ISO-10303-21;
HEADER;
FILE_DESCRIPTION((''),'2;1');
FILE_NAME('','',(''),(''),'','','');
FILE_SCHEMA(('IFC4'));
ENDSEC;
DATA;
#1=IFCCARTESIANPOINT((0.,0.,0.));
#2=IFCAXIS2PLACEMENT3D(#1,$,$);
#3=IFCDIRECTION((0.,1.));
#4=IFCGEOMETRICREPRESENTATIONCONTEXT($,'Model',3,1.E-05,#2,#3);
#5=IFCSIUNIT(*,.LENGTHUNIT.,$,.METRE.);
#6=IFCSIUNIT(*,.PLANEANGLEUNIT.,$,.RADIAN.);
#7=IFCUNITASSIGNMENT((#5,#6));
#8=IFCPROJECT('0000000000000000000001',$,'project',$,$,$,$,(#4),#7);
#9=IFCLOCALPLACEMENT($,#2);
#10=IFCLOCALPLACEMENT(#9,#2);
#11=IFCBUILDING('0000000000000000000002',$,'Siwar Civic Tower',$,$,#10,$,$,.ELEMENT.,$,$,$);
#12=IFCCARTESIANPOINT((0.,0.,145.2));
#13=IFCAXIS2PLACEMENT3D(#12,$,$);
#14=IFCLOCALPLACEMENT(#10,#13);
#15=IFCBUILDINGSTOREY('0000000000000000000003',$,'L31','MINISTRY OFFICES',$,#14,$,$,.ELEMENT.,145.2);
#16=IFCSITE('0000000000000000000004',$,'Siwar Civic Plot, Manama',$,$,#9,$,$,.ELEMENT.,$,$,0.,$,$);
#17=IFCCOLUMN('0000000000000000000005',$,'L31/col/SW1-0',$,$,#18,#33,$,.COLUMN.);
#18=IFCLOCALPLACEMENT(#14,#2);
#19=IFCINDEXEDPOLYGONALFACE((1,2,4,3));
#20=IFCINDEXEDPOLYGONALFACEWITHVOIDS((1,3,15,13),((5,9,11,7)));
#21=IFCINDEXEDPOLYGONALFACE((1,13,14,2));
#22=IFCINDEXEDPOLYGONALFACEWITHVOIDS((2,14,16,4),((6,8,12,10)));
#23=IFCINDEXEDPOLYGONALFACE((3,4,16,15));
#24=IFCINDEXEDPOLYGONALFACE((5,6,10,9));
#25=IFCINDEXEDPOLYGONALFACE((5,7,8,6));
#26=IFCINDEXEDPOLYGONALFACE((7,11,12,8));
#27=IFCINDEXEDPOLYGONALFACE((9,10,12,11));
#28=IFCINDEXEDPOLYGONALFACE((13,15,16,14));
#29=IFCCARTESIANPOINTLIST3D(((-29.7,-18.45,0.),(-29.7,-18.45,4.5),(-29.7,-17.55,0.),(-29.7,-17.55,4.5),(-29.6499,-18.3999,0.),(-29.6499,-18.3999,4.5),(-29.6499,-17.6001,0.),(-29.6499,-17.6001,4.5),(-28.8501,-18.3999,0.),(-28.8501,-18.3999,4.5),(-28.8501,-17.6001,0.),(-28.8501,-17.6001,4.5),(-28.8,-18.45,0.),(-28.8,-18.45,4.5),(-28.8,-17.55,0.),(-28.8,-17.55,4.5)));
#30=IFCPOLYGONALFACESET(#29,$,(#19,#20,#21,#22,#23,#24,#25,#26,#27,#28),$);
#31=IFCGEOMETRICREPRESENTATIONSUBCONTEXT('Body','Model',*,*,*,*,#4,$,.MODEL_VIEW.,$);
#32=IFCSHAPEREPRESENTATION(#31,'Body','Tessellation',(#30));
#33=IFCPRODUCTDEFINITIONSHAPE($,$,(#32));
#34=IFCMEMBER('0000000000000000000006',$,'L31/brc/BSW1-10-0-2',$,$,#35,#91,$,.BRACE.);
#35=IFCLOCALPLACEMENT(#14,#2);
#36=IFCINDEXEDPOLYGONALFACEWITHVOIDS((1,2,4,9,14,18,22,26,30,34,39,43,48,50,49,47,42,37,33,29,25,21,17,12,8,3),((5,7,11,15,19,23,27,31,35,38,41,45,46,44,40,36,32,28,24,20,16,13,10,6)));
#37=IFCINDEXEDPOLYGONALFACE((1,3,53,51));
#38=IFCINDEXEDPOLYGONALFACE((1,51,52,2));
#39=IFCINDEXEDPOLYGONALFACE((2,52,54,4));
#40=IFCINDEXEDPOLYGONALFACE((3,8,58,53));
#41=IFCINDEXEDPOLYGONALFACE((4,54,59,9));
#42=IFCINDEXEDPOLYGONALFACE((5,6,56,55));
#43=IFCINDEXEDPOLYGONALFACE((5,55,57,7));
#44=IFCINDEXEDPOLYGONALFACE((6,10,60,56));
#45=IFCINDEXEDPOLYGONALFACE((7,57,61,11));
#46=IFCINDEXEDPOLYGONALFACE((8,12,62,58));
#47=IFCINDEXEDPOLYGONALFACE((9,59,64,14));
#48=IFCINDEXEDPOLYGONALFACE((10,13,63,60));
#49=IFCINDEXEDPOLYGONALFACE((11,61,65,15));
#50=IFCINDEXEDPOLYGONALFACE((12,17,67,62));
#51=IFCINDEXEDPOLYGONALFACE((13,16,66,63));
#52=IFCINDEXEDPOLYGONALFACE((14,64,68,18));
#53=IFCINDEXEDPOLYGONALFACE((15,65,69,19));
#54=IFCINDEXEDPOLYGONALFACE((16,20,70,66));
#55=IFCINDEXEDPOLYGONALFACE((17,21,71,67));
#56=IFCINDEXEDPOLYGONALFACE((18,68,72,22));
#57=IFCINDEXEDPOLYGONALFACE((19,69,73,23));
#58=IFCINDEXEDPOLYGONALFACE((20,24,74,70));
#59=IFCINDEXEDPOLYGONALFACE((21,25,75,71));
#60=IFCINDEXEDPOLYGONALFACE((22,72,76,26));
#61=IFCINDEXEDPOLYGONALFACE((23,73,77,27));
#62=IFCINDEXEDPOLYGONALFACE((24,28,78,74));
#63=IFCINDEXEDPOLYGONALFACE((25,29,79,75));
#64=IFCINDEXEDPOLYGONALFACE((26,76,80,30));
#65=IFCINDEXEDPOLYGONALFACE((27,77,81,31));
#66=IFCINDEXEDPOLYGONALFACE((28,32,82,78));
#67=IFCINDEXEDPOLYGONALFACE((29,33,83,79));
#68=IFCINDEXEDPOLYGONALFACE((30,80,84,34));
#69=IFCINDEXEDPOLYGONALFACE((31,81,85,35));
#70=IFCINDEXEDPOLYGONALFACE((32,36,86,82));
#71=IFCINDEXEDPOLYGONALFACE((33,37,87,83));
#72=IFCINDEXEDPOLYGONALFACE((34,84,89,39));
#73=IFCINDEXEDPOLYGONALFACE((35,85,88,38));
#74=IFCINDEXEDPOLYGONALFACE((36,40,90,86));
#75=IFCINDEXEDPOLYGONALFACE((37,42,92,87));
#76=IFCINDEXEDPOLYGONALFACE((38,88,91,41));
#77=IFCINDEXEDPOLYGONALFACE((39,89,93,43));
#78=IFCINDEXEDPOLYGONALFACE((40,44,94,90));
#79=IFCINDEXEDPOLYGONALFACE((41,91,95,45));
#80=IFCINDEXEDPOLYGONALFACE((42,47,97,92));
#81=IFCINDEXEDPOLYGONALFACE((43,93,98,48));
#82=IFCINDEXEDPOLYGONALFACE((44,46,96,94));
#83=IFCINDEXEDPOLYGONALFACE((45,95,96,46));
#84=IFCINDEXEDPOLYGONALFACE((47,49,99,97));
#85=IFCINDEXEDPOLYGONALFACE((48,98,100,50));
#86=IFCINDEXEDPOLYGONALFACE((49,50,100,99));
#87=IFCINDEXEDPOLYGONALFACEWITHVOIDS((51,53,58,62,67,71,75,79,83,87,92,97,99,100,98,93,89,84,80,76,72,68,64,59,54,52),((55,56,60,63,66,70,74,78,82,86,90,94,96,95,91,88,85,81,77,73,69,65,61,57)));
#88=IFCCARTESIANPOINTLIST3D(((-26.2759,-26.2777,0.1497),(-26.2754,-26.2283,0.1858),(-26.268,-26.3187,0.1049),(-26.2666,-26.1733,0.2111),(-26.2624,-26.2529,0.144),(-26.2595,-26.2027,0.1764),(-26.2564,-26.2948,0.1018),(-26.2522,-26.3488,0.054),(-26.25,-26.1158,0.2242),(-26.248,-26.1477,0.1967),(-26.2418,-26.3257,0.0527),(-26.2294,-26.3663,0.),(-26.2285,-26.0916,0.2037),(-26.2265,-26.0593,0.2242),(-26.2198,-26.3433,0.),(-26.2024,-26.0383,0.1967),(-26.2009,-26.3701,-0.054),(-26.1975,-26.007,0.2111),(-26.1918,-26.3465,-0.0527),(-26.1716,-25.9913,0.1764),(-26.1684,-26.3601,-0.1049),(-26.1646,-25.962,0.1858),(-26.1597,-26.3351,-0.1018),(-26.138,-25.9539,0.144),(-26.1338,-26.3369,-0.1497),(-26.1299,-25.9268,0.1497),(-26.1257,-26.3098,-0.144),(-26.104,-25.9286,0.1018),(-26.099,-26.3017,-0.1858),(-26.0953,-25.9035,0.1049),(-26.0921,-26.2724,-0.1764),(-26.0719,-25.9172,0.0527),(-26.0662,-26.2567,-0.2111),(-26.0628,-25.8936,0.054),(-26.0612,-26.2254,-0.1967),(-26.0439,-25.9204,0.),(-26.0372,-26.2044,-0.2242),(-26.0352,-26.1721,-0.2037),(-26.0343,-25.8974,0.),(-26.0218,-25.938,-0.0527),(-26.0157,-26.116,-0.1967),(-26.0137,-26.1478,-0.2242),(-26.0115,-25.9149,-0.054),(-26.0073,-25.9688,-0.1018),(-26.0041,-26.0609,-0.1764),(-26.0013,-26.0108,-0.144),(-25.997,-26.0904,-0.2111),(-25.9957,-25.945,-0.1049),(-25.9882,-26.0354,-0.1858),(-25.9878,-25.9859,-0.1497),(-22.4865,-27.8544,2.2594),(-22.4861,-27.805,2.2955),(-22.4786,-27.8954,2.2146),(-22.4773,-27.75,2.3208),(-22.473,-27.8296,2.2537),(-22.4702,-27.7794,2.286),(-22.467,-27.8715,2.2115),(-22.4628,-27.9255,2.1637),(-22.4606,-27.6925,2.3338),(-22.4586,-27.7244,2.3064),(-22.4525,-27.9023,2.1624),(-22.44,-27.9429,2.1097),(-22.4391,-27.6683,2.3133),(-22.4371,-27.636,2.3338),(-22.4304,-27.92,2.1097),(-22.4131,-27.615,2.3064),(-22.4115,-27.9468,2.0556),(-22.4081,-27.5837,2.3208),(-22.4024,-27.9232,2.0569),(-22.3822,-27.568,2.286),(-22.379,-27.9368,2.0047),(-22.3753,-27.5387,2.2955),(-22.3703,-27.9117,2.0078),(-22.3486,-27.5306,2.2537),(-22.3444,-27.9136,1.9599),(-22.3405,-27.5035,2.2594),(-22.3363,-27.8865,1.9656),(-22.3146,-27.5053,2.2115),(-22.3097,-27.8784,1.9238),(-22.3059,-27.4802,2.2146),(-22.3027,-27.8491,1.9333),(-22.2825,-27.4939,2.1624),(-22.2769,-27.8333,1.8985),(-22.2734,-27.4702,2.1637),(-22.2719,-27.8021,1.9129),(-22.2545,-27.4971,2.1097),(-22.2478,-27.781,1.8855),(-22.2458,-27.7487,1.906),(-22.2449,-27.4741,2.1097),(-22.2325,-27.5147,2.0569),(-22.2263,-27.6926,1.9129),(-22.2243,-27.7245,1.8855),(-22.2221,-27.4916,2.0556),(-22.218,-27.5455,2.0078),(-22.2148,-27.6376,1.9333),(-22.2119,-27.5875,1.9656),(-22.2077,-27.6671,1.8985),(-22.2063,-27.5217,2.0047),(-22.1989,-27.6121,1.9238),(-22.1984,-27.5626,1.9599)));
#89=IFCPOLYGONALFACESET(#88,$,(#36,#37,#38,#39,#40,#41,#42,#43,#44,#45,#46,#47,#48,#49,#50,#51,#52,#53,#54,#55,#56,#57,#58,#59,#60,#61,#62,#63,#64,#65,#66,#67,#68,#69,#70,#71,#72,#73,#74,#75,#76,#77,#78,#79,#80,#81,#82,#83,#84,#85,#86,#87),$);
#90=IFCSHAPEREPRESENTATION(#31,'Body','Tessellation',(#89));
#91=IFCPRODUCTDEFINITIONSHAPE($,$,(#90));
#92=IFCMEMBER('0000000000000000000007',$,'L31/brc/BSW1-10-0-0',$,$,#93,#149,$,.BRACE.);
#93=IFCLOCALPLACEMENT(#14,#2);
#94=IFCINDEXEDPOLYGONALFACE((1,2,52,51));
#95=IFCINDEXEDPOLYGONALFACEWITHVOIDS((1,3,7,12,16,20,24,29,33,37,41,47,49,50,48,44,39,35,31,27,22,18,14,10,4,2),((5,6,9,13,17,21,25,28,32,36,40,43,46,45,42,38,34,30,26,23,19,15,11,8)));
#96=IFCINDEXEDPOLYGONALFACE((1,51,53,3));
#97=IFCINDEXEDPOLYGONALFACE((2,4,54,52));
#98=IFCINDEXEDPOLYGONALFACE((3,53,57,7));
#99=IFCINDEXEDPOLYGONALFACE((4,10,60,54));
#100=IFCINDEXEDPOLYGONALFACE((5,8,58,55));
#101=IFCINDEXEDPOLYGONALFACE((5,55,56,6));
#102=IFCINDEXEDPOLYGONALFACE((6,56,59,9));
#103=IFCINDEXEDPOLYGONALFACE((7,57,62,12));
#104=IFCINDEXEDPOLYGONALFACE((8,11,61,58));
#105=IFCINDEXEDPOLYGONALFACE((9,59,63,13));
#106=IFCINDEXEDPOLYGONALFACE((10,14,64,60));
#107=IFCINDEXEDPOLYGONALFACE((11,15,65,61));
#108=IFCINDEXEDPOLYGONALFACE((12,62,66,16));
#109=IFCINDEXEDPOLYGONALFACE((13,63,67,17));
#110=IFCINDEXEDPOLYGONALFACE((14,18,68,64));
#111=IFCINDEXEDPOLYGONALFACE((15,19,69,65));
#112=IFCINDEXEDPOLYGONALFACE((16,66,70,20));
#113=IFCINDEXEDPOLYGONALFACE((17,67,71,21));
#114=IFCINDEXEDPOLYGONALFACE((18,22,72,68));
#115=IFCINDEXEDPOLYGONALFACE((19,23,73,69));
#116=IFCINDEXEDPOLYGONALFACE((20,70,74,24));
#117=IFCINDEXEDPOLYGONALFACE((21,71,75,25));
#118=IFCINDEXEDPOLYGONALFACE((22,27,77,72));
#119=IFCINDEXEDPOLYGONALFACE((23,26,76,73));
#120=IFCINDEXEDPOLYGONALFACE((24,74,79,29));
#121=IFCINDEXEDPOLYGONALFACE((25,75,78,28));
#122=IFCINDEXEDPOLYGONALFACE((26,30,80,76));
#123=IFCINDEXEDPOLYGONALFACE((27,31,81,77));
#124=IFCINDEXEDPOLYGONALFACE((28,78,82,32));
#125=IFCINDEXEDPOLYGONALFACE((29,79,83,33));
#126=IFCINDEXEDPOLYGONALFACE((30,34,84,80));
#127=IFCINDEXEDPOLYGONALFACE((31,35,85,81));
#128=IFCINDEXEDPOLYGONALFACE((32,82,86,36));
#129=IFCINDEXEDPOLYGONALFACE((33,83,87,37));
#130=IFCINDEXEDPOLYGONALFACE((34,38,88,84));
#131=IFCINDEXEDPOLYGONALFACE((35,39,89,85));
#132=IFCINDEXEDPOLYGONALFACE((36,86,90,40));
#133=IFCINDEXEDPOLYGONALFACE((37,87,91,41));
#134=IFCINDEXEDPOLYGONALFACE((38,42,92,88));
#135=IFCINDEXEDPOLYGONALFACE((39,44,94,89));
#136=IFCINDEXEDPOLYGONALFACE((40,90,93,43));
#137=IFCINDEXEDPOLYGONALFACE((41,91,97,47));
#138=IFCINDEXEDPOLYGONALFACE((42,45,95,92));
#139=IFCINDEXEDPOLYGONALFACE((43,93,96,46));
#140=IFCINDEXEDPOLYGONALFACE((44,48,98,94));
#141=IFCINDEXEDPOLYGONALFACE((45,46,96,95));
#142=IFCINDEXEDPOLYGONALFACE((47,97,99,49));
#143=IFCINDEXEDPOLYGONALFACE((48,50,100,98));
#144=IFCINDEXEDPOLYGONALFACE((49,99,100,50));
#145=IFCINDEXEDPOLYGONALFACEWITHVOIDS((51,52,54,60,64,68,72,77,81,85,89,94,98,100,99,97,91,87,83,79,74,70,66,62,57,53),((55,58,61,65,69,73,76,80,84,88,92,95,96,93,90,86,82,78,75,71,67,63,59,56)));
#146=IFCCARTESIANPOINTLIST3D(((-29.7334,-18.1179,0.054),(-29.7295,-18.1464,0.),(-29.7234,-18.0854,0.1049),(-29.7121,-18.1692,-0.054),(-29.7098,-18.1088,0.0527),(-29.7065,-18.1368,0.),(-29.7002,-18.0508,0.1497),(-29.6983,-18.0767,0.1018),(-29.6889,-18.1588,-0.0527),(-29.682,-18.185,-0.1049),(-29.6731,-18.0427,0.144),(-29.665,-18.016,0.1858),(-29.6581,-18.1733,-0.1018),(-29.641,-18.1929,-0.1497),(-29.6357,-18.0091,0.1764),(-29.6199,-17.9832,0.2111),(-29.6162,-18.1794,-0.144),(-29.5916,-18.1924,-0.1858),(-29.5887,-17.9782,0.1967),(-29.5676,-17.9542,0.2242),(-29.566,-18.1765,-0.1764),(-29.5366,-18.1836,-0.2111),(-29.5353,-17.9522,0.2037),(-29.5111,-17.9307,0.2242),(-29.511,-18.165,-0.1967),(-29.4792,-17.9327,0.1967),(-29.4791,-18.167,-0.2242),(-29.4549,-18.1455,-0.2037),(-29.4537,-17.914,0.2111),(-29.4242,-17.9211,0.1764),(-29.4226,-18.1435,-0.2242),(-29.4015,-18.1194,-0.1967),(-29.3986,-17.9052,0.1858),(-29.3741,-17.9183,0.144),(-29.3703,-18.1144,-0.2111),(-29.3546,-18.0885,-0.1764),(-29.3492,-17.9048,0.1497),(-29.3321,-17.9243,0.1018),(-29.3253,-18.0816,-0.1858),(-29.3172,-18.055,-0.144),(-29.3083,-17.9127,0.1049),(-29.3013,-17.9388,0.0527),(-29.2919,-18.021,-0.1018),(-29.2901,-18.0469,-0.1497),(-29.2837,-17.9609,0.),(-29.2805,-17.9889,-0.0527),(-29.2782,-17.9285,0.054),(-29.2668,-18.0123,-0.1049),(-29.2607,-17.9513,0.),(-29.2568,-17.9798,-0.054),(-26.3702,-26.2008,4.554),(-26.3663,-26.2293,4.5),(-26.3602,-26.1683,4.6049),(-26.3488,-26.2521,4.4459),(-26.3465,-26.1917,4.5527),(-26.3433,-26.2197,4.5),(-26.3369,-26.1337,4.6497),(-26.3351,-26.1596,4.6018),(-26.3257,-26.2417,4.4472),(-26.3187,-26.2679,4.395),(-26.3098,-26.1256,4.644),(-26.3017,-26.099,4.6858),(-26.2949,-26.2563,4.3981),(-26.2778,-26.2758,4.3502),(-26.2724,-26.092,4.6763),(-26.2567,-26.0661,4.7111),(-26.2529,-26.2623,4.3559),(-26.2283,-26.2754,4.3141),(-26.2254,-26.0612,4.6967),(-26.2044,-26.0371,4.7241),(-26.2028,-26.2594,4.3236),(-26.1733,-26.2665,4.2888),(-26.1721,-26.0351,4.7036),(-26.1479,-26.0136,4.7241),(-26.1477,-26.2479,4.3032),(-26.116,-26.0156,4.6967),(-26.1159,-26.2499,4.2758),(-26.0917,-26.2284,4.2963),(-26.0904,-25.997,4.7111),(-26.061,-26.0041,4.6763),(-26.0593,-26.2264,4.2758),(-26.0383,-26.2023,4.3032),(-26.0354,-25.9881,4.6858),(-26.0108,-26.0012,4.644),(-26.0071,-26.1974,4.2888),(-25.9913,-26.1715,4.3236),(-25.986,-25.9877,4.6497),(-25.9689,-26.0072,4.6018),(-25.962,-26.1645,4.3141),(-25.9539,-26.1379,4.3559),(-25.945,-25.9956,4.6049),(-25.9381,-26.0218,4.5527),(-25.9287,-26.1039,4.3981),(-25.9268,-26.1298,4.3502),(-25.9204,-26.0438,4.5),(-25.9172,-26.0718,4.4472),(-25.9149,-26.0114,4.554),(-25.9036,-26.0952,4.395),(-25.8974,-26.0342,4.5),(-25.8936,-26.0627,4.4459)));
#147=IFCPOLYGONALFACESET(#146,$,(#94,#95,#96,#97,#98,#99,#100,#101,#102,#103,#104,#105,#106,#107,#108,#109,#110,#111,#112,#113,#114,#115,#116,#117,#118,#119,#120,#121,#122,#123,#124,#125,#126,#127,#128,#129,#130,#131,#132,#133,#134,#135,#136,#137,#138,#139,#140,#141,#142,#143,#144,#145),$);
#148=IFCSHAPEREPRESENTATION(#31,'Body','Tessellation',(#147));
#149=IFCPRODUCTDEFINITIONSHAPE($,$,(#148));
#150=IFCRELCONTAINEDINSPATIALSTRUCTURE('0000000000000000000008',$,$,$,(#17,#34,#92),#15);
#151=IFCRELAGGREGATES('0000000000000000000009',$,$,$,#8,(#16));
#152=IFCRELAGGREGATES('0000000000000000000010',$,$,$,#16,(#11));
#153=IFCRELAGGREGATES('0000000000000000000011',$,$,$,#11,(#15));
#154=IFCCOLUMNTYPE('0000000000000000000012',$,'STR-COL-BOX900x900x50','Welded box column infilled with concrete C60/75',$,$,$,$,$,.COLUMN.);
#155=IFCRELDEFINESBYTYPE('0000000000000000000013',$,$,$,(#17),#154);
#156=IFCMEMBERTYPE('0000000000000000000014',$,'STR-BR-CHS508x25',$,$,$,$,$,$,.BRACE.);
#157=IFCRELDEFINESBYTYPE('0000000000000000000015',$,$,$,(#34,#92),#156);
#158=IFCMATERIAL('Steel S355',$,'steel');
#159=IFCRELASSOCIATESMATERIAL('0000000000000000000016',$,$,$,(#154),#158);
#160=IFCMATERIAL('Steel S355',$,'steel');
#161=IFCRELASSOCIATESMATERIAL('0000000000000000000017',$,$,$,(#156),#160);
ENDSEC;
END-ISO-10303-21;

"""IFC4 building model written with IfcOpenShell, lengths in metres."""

from ifc_helpers import new_model, si_unit, direction, frame, origin, origin_2d, place, context, subcontext, project, spatial, hollow_rectangle, hollow_circle, extrude, material, material_profile, profile_set, type_object, element, save


model = new_model("IFC4")

# Units and contexts
model_context = context("Model", 3, precision=1e-05, world=origin(), true_north=direction((0.0, 1.0)))
body_context = subcontext(model_context, "Body", "Model", "MODEL_VIEW")
ifc_project = project(units=[si_unit("LENGTHUNIT", "METRE"), si_unit("PLANEANGLEUNIT", "RADIAN")], contexts=[model_context])

# Site, building, storey
site_placement = place(None, origin())
site = spatial("IfcSite", under=ifc_project, at=site_placement, Name="Siwar Civic Plot, Manama", CompositionType="ELEMENT", RefElevation=0.0)
building_placement = place(site_placement, origin())
building = spatial("IfcBuilding", under=site, at=building_placement, Name="Siwar Civic Tower", CompositionType="ELEMENT")
storey_placement = place(building_placement, frame((0.0, 0.0, 145.2)))
storey = spatial("IfcBuildingStorey", under=building, at=storey_placement, Name="L31", Description="MINISTRY OFFICES", CompositionType="ELEMENT", Elevation=145.2)

# Column
ifc_material_1 = material(Name="Steel S355", Category="steel")
ifc_material_profile_1 = material_profile(ifc_material_1, hollow_rectangle(XDim=0.8999, YDim=0.8999, WallThickness=0.05, at=origin_2d()), Name="BOX900x900x50")
ifc_profile_set_1 = profile_set([ifc_material_profile_1], Name="Steel S355")
column_type = type_object("IfcColumnType", Name="STR-COL-BOX900x900x50", Description="Welded box column infilled with concrete C60/75", PredefinedType="COLUMN", material=ifc_profile_set_1)
column_placement = place(storey_placement, frame((-29.25, -18.0, 0.0), z_axis=(0.0, 0.0, 1.0), x_axis=(1.0, 0.0, 0.0)))
element("IfcColumn", 1, at=column_placement, inside=storey, type_object=column_type, Name="L31/col/SW1-0", PredefinedType="COLUMN", context=body_context, shape_type="SweptSolid", body=[
    extrude(hollow_rectangle(XDim=0.8999, YDim=0.8999, WallThickness=0.05, at=origin_2d()), origin(), (0.0, 0.0, 1.0), 4.5),
])

# Members
ifc_material_2 = material(Name="Steel S355", Category="steel")
ifc_material_profile_2 = material_profile(ifc_material_2, hollow_circle(Radius=0.2539, WallThickness=0.0249, at=origin_2d()), Name="CHS508x25")
ifc_profile_set_2 = profile_set([ifc_material_profile_2], Name="Steel S355")
member_type = type_object("IfcMemberType", Name="STR-BR-CHS508x25", PredefinedType="BRACE", material=ifc_profile_set_2)
member_1_placement = place(storey_placement, frame((-26.1318, -26.1318, 0.0), z_axis=(0.821143, -0.341662, 0.457155), x_axis=(0.384155, 0.923269, 0.0)))
element("IfcMember", 2, at=member_1_placement, inside=storey, type_object=member_type, Name="L31/brc/BSW1-10-0-2", PredefinedType="BRACE", context=body_context, shape_type="SweptSolid", body=[
    extrude(hollow_circle(Radius=0.2539, WallThickness=0.0249, at=origin_2d()), origin(), (0.0, 0.0, 1.0), 4.6147),
])
member_2_placement = place(storey_placement, frame((-29.4951, -18.0488, 0.0), z_axis=(0.341671, -0.821143, 0.457149), x_axis=(0.923265, 0.384164, 0.0)))
element("IfcMember", 3, at=member_2_placement, inside=storey, type_object=member_type, Name="L31/brc/BSW1-10-0-0", PredefinedType="BRACE", context=body_context, shape_type="SweptSolid", body=[
    extrude(hollow_circle(Radius=0.2539, WallThickness=0.0249, at=origin_2d()), origin(), (0.0, 0.0, 1.0), 9.8435),
])

save(model, "model.ifc")
